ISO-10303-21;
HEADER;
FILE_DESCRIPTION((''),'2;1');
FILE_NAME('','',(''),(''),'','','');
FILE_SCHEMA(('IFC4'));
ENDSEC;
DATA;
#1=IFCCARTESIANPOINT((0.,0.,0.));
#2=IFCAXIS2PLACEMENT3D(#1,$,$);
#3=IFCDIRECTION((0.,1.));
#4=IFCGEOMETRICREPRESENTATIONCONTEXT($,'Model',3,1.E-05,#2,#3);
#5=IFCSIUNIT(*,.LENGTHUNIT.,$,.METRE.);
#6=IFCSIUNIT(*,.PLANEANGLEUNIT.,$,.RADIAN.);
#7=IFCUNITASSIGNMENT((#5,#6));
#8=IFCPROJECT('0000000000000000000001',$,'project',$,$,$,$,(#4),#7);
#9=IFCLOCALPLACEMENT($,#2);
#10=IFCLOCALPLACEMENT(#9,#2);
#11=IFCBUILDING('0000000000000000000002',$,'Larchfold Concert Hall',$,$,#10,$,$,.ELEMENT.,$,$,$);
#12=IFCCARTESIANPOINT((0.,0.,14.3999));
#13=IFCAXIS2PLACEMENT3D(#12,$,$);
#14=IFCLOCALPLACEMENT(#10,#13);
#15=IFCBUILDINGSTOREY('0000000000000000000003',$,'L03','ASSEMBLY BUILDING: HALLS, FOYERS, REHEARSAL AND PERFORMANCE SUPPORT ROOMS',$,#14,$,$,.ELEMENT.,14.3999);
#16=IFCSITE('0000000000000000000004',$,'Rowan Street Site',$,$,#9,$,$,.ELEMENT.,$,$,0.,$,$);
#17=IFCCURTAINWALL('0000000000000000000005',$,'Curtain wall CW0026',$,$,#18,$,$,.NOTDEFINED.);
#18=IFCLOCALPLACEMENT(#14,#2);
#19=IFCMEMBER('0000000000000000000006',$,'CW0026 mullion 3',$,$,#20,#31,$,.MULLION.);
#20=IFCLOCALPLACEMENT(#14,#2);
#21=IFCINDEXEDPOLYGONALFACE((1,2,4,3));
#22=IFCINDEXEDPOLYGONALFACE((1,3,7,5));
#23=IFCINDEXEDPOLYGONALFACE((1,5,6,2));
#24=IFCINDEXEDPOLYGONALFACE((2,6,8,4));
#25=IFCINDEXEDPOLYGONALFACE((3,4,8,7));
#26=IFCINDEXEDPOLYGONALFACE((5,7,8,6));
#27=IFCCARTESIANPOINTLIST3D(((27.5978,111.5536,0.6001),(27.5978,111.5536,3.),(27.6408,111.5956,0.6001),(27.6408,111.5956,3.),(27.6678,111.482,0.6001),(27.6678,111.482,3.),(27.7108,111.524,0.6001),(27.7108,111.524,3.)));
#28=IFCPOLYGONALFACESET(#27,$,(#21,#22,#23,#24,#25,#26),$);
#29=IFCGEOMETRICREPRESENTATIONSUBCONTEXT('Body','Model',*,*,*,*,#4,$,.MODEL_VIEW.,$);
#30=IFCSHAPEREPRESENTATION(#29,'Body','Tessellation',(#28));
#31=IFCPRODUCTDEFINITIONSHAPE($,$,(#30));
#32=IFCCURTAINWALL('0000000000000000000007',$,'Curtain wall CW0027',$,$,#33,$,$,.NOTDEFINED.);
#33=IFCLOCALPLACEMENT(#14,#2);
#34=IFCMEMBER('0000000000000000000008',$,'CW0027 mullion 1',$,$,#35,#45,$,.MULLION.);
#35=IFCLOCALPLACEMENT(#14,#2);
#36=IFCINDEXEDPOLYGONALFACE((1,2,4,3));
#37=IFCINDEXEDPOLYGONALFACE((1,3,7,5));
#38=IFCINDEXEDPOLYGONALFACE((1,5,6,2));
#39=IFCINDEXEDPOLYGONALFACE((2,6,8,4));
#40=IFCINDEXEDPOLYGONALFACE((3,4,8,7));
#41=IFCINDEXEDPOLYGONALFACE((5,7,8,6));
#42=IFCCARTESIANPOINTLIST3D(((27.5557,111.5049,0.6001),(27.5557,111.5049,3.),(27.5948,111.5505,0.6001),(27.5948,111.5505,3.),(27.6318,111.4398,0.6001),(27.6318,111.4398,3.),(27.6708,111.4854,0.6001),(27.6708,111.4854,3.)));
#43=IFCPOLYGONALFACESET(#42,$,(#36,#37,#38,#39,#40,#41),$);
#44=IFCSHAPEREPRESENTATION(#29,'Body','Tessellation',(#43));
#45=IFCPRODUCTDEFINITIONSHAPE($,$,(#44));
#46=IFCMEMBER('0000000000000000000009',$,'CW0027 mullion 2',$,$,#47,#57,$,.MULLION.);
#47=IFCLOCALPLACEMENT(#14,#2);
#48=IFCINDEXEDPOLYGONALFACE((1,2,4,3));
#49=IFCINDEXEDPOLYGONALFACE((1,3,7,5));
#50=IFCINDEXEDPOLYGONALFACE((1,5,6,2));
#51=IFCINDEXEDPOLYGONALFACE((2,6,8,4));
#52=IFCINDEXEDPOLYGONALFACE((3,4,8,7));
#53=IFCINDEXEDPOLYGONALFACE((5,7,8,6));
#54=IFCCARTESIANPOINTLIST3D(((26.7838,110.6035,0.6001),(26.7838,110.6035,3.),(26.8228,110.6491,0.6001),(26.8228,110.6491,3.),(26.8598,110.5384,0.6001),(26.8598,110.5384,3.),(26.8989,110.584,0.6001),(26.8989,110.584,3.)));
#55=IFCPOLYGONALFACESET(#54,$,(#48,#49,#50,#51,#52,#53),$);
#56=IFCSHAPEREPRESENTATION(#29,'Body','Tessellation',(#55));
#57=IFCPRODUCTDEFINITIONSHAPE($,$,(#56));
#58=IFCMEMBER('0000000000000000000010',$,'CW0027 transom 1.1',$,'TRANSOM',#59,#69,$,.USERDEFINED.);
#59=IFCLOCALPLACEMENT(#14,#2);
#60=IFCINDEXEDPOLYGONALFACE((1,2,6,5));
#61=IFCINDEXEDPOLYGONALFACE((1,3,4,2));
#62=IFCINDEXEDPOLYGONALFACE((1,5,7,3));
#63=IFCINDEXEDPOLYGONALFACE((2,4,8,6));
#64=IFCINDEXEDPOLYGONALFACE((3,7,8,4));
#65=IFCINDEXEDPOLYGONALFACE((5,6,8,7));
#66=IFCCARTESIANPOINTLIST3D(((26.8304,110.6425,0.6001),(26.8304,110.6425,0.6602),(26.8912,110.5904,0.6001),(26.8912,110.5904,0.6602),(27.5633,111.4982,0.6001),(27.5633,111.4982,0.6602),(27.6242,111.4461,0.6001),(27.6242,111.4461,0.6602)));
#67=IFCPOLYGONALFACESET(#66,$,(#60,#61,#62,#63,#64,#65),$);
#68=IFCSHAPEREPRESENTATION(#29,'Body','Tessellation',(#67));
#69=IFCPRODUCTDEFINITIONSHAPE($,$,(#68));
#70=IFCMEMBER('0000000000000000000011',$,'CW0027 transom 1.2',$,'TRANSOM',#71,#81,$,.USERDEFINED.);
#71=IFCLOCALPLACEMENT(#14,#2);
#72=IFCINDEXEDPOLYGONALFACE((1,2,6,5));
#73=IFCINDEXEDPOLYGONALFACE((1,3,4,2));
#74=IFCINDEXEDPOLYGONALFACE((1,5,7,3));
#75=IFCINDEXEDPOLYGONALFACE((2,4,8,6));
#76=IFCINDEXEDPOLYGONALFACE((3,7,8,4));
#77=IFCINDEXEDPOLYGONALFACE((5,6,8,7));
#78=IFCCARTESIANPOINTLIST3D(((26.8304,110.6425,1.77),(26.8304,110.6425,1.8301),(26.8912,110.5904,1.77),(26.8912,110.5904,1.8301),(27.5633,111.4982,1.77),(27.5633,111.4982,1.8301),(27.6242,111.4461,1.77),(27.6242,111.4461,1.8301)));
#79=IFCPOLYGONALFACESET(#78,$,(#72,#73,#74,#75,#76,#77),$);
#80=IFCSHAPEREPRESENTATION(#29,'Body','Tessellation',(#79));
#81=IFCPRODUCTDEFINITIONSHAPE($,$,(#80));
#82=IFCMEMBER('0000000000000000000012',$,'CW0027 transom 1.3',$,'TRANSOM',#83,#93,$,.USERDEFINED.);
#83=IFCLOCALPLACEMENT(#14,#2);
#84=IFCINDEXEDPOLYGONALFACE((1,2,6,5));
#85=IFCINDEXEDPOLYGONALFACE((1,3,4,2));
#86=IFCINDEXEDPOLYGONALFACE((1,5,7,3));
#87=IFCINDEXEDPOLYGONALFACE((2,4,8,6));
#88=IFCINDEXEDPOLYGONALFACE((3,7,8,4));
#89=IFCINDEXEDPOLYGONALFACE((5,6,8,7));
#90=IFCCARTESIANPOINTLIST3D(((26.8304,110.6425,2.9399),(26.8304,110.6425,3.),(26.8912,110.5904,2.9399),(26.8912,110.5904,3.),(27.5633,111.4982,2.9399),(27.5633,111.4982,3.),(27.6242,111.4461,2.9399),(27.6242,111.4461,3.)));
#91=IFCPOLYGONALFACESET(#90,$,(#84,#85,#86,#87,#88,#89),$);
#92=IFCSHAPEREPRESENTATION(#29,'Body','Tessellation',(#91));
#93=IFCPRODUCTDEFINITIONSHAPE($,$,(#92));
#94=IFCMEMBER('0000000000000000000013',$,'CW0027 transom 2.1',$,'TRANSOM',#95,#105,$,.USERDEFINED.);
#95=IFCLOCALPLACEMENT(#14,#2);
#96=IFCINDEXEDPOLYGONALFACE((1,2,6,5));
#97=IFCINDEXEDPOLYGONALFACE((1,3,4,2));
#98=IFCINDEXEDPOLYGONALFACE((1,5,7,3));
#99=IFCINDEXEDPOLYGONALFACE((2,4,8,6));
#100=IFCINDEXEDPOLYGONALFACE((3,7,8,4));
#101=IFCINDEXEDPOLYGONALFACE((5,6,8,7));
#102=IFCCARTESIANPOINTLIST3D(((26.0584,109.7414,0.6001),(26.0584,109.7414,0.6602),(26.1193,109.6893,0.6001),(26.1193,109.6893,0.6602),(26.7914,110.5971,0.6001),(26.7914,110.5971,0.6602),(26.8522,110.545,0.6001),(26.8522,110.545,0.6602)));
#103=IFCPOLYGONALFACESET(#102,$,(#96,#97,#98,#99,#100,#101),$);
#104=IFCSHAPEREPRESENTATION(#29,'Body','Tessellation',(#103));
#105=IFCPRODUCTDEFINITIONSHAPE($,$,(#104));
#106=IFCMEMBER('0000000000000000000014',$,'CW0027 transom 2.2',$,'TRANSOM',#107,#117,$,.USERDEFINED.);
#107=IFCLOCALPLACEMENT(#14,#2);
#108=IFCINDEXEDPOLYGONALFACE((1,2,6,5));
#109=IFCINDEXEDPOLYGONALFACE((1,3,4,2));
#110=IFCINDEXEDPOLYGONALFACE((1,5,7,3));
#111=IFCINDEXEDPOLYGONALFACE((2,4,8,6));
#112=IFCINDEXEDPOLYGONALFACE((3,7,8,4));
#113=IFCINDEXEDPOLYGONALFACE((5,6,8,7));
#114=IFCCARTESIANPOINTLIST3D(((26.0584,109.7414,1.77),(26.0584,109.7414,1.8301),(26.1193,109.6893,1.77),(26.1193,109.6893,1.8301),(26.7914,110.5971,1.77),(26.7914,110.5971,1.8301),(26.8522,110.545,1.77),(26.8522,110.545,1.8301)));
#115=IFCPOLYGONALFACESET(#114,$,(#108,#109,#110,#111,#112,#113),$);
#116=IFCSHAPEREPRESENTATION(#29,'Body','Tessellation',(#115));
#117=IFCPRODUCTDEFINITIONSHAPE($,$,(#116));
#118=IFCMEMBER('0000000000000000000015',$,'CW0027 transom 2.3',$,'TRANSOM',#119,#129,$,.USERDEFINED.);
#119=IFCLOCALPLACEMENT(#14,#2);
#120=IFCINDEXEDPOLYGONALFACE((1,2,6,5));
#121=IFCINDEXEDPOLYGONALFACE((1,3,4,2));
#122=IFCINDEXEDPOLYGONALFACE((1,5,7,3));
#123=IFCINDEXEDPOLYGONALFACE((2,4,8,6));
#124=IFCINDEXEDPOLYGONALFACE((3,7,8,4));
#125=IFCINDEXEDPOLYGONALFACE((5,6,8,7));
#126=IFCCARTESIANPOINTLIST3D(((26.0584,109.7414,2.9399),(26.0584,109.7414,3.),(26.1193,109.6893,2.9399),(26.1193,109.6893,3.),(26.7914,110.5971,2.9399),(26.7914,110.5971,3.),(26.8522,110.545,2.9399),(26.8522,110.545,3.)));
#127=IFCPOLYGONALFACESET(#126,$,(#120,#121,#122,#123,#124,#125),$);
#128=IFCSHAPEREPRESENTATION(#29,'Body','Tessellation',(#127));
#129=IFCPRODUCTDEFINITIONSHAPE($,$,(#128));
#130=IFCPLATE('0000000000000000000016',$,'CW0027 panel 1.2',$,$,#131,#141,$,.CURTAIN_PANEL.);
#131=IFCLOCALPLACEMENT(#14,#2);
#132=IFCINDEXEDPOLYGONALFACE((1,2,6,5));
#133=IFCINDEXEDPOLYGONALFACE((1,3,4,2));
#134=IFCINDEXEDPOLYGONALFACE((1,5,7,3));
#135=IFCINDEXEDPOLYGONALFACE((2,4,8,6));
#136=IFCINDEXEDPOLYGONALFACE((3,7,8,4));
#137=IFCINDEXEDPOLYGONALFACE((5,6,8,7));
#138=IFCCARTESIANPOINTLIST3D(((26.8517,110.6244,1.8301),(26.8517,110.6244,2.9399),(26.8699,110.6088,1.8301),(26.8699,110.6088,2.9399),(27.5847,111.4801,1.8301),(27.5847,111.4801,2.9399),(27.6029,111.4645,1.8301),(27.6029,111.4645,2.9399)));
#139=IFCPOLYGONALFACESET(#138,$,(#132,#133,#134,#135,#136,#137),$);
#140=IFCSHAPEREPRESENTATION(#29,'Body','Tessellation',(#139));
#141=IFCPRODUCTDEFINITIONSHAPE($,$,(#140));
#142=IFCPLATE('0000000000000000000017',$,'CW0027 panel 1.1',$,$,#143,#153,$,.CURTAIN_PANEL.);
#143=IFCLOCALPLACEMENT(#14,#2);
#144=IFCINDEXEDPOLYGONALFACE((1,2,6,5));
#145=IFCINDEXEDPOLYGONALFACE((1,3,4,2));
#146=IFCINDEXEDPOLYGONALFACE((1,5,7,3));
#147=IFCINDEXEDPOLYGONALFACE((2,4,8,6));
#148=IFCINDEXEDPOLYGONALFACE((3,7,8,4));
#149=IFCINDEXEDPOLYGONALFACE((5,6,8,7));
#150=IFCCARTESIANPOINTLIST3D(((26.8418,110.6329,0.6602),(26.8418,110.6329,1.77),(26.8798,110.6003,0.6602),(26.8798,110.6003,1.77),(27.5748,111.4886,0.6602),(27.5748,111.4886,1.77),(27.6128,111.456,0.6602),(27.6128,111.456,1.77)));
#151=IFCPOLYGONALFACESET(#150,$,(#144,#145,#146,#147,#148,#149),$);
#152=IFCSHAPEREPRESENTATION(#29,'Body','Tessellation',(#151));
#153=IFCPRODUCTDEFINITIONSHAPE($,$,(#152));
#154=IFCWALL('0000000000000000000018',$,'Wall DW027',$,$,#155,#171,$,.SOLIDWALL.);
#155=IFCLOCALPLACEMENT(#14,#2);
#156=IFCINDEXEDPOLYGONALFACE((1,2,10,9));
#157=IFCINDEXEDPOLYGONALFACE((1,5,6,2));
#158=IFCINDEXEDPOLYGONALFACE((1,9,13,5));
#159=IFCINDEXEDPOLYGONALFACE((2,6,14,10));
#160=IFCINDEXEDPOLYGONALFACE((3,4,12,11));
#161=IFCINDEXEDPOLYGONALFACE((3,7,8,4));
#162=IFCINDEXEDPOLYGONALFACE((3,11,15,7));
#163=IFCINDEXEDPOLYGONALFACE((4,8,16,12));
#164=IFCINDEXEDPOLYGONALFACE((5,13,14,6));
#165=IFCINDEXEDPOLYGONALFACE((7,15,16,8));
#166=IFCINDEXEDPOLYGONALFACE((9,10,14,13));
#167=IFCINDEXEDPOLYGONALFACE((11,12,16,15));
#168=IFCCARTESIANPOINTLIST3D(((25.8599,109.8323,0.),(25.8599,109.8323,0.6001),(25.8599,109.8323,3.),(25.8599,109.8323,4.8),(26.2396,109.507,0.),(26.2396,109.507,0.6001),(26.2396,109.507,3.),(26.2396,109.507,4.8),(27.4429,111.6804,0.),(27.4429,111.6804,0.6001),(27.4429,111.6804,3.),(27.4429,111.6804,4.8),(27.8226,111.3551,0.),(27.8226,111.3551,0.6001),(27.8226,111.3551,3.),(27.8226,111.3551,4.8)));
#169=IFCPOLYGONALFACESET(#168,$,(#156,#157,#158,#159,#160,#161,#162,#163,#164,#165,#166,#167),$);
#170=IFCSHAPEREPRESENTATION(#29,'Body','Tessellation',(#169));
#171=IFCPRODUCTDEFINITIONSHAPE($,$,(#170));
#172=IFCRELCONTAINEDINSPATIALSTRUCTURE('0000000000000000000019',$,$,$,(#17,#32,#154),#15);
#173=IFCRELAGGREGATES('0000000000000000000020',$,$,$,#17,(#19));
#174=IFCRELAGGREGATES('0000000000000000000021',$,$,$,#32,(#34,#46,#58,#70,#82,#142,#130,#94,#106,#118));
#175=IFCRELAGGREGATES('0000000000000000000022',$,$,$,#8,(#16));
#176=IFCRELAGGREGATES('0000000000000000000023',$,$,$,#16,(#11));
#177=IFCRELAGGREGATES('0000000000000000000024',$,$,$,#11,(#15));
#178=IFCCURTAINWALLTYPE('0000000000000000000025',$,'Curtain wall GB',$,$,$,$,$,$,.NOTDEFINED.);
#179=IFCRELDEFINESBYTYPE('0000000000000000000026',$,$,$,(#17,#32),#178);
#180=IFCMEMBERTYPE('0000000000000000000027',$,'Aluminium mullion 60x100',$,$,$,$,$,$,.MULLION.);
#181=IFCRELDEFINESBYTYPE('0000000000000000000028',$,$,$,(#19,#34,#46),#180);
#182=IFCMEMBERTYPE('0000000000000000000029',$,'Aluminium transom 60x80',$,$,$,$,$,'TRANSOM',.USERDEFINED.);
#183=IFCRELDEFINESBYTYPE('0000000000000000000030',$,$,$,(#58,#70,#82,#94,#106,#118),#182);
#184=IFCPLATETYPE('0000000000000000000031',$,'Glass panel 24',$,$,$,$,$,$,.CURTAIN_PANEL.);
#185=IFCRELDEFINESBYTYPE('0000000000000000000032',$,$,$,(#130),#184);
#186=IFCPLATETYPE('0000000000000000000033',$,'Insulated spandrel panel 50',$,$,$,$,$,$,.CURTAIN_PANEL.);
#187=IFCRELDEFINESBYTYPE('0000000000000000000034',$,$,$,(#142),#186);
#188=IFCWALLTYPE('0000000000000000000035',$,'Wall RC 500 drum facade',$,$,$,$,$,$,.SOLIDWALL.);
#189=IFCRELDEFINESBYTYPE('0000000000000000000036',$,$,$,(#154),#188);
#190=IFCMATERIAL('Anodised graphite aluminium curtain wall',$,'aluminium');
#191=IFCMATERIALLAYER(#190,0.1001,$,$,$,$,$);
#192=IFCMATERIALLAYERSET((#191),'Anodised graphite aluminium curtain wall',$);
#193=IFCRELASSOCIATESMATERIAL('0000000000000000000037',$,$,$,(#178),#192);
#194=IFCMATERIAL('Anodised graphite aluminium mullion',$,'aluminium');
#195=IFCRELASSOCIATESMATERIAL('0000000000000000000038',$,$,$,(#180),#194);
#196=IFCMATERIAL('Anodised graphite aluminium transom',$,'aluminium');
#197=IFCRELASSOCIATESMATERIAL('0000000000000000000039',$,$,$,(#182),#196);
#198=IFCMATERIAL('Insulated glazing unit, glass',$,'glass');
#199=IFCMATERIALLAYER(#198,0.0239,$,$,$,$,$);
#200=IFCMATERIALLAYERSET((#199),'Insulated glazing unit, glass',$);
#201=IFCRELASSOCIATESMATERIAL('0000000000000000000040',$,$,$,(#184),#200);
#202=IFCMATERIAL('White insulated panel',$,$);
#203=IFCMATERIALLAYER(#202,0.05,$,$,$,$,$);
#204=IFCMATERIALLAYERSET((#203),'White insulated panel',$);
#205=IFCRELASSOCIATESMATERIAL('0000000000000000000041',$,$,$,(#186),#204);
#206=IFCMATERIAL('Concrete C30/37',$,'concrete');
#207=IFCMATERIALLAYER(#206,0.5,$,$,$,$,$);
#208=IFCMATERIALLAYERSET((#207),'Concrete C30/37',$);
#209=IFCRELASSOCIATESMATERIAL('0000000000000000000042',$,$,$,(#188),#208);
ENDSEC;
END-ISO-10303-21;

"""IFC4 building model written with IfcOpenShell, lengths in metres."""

from ifc_helpers import new_model, si_unit, direction, frame, frame_2d, origin, origin_2d, place, context, subcontext, project, spatial, rectangle, extrude, material, layer, layer_set, material_profile, profile_set, type_object, element, fill, aggregate, save


model = new_model("IFC4")

# Units and contexts
model_context = context("Model", 3, precision=1e-05, world=origin(), true_north=direction((0.0, 1.0)))
body_context = subcontext(model_context, "Body", "Model", "MODEL_VIEW")
ifc_project = project(units=[si_unit("LENGTHUNIT", "METRE"), si_unit("PLANEANGLEUNIT", "RADIAN")], contexts=[model_context])

# Site, building, storey
site_placement = place(None, origin())
site = spatial("IfcSite", under=ifc_project, at=site_placement, Name="Rowan Street Site", CompositionType="ELEMENT", RefElevation=0.0)
building_placement = place(site_placement, origin())
building = spatial("IfcBuilding", under=site, at=building_placement, Name="Larchfold Concert Hall", CompositionType="ELEMENT")
storey_placement = place(building_placement, frame((0.0, 0.0, 14.3999)))
storey = spatial("IfcBuildingStorey", under=building, at=storey_placement, Name="L03", Description="ASSEMBLY BUILDING: HALLS, FOYERS, REHEARSAL AND PERFORMANCE SUPPORT ROOMS", CompositionType="ELEMENT", Elevation=14.3999)

# Curtain wall, member
ifc_material_1 = material(Name="Anodised graphite aluminium curtain wall", Category="aluminium")
ifc_layer_1 = layer(ifc_material_1, 0.1001)
ifc_layer_set_1 = layer_set([ifc_layer_1], Name="Anodised graphite aluminium curtain wall")
curtain_wall_type = type_object("IfcCurtainWallType", Name="Curtain wall GB", PredefinedType="NOTDEFINED", material=ifc_layer_set_1)
curtain_wall_1_placement = place(storey_placement, origin())
curtain_wall_1 = element("IfcCurtainWall", 1, at=curtain_wall_1_placement, inside=storey, type_object=curtain_wall_type, Name="Curtain wall CW0026", PredefinedType="NOTDEFINED")
ifc_material_2 = material(Name="Anodised graphite aluminium mullion", Category="aluminium")
ifc_material_profile_1 = material_profile(ifc_material_2, rectangle(XDim=0.1001, YDim=0.0601, at=origin_2d()))
ifc_profile_set_1 = profile_set([ifc_material_profile_1], Name="Anodised graphite aluminium mullion")
member_type_1 = type_object("IfcMemberType", Name="Aluminium mullion 60x100", PredefinedType="MULLION", material=ifc_profile_set_1)
member_1_placement = place(storey_placement, frame((27.6543, 111.5388, 0.6001), z_axis=(0.0, 0.0, 1.0), x_axis=(0.699152, -0.714974, 0.0)))
member_1 = element("IfcMember", 2, at=member_1_placement, type_object=member_type_1, Name="CW0026 mullion 3", PredefinedType="MULLION", context=body_context, shape_type="SweptSolid", body=[
    extrude(rectangle(XDim=0.1001, YDim=0.0601, at=origin_2d()), origin(), (0.0, 0.0, 1.0), 2.3999),
])

# Curtain wall, members
curtain_wall_2_placement = place(storey_placement, origin())
curtain_wall_2 = element("IfcCurtainWall", 3, at=curtain_wall_2_placement, inside=storey, type_object=curtain_wall_type, Name="Curtain wall CW0027", PredefinedType="NOTDEFINED")
member_2_placement = place(storey_placement, frame((27.6133, 111.4951, 0.6001), z_axis=(0.0, 0.0, 1.0), x_axis=(0.759483, -0.650527, 0.0)))
member_2 = element("IfcMember", 4, at=member_2_placement, type_object=member_type_1, Name="CW0027 mullion 1", PredefinedType="MULLION", context=body_context, shape_type="SweptSolid", body=[
    extrude(rectangle(XDim=0.1001, YDim=0.0601, at=origin_2d()), origin(), (0.0, 0.0, 1.0), 2.3999),
])
member_3_placement = place(storey_placement, frame((26.8413, 110.5938, 0.6001), z_axis=(0.0, 0.0, 1.0), x_axis=(0.759483, -0.650527, 0.0)))
member_3 = element("IfcMember", 5, at=member_3_placement, type_object=member_type_1, Name="CW0027 mullion 2", PredefinedType="MULLION", context=body_context, shape_type="SweptSolid", body=[
    extrude(rectangle(XDim=0.1001, YDim=0.0601, at=origin_2d()), origin(), (0.0, 0.0, 1.0), 2.3999),
])

# Members
ifc_material_3 = material(Name="Anodised graphite aluminium transom", Category="aluminium")
ifc_material_profile_2 = material_profile(ifc_material_3, rectangle(XDim=0.0801, YDim=0.0601, at=origin_2d()))
ifc_profile_set_2 = profile_set([ifc_material_profile_2], Name="Anodised graphite aluminium transom")
member_type_2 = type_object("IfcMemberType", Name="Aluminium transom 60x80", ElementType="TRANSOM", PredefinedType="USERDEFINED", material=ifc_profile_set_2)
member_4_placement = place(storey_placement, frame((27.5938, 111.4722, 0.6301), z_axis=(-0.650506, -0.759501, 0.0), x_axis=(0.759501, -0.650506, 0.0)))
member_4 = element("IfcMember", 6, at=member_4_placement, type_object=member_type_2, Name="CW0027 transom 1.1", ObjectType="TRANSOM", PredefinedType="USERDEFINED", context=body_context, shape_type="SweptSolid", body=[
    extrude(rectangle(XDim=0.0801, YDim=0.0601, at=origin_2d()), origin(), (0.0, 0.0, 1.0), 1.1267),
])
member_5_placement = place(storey_placement, frame((27.5938, 111.4722, 1.8), z_axis=(-0.650506, -0.759501, 0.0), x_axis=(0.759501, -0.650506, 0.0)))
member_5 = element("IfcMember", 7, at=member_5_placement, type_object=member_type_2, Name="CW0027 transom 1.2", ObjectType="TRANSOM", PredefinedType="USERDEFINED", context=body_context, shape_type="SweptSolid", body=[
    extrude(rectangle(XDim=0.0801, YDim=0.0601, at=origin_2d()), origin(), (0.0, 0.0, 1.0), 1.1267),
])
member_6_placement = place(storey_placement, frame((27.5938, 111.4722, 2.97), z_axis=(-0.650506, -0.759501, 0.0), x_axis=(0.759501, -0.650506, 0.0)))
member_6 = element("IfcMember", 8, at=member_6_placement, type_object=member_type_2, Name="CW0027 transom 1.3", ObjectType="TRANSOM", PredefinedType="USERDEFINED", context=body_context, shape_type="SweptSolid", body=[
    extrude(rectangle(XDim=0.0801, YDim=0.0601, at=origin_2d()), origin(), (0.0, 0.0, 1.0), 1.1267),
])
member_7_placement = place(storey_placement, frame((26.8218, 110.571, 0.6301), z_axis=(-0.650506, -0.759501, 0.0), x_axis=(0.759501, -0.650506, 0.0)))
member_7 = element("IfcMember", 9, at=member_7_placement, type_object=member_type_2, Name="CW0027 transom 2.1", ObjectType="TRANSOM", PredefinedType="USERDEFINED", context=body_context, shape_type="SweptSolid", body=[
    extrude(rectangle(XDim=0.0801, YDim=0.0601, at=origin_2d()), origin(), (0.0, 0.0, 1.0), 1.1267),
])
member_8_placement = place(storey_placement, frame((26.8218, 110.571, 1.8), z_axis=(-0.650506, -0.759501, 0.0), x_axis=(0.759501, -0.650506, 0.0)))
member_8 = element("IfcMember", 10, at=member_8_placement, type_object=member_type_2, Name="CW0027 transom 2.2", ObjectType="TRANSOM", PredefinedType="USERDEFINED", context=body_context, shape_type="SweptSolid", body=[
    extrude(rectangle(XDim=0.0801, YDim=0.0601, at=origin_2d()), origin(), (0.0, 0.0, 1.0), 1.1267),
])
member_9_placement = place(storey_placement, frame((26.8218, 110.571, 2.97), z_axis=(-0.650506, -0.759501, 0.0), x_axis=(0.759501, -0.650506, 0.0)))
member_9 = element("IfcMember", 11, at=member_9_placement, type_object=member_type_2, Name="CW0027 transom 2.3", ObjectType="TRANSOM", PredefinedType="USERDEFINED", context=body_context, shape_type="SweptSolid", body=[
    extrude(rectangle(XDim=0.0801, YDim=0.0601, at=origin_2d()), origin(), (0.0, 0.0, 1.0), 1.1267),
])

# Plates
ifc_material_4 = material(Name="Insulated glazing unit, glass", Category="glass")
ifc_layer_2 = layer(ifc_material_4, 0.0239)
ifc_layer_set_2 = layer_set([ifc_layer_2], Name="Insulated glazing unit, glass")
plate_type_1 = type_object("IfcPlateType", Name="Glass panel 24", PredefinedType="CURTAIN_PANEL", material=ifc_layer_set_2)
plate_1_placement = place(storey_placement, frame((27.2273, 111.0444, 1.8301), z_axis=(0.0, 0.0, 1.0), x_axis=(-0.650527, -0.759483, 0.0)))
plate_1 = element("IfcPlate", 12, at=plate_1_placement, type_object=plate_type_1, Name="CW0027 panel 1.2", PredefinedType="CURTAIN_PANEL", context=body_context, shape_type="SweptSolid", body=[
    extrude(rectangle(XDim=1.1267, YDim=0.0239, at=origin_2d()), origin(), (0.0, 0.0, 1.0), 1.1099),
])
ifc_material_5 = material(Name="White insulated panel")
ifc_layer_3 = layer(ifc_material_5, 0.05)
ifc_layer_set_3 = layer_set([ifc_layer_3], Name="White insulated panel")
plate_type_2 = type_object("IfcPlateType", Name="Insulated spandrel panel 50", PredefinedType="CURTAIN_PANEL", material=ifc_layer_set_3)
aggregate(curtain_wall_1, [member_1])
plate_2_placement = place(storey_placement, frame((27.2273, 111.0444, 0.6602), z_axis=(0.0, 0.0, 1.0), x_axis=(-0.650527, -0.759483, 0.0)))
plate_2 = element("IfcPlate", 13, at=plate_2_placement, type_object=plate_type_2, Name="CW0027 panel 1.1", PredefinedType="CURTAIN_PANEL", context=body_context, shape_type="SweptSolid", body=[
    extrude(rectangle(XDim=1.1267, YDim=0.05, at=origin_2d()), origin(), (0.0, 0.0, 1.0), 1.1099),
])
aggregate(curtain_wall_2, [member_2, member_3, member_4, member_5, member_6, plate_2, plate_1, member_7, member_8, member_9])

# Wall, opening
ifc_material_6 = material(Name="Concrete C30/37", Category="concrete")
ifc_layer_4 = layer(ifc_material_6, 0.5)
ifc_layer_set_4 = layer_set([ifc_layer_4], Name="Concrete C30/37")
wall_type_1 = type_object("IfcWallType", Name="Wall RC 500 drum facade", PredefinedType="SOLIDWALL", material=ifc_layer_set_4)
wall_1_placement = place(storey_placement, frame((27.6328, 111.5178, 0.0), z_axis=(0.0, 0.0, 1.0), x_axis=(-0.650527, -0.759483, 0.0)))
wall_1 = element("IfcWall", 14, at=wall_1_placement, inside=storey, type_object=wall_type_1, Name="Wall DW027", PredefinedType="SOLIDWALL", context=body_context, shape_type="SweptSolid", body=[
    extrude(rectangle(XDim=2.4333, YDim=0.5, at=frame_2d((1.2168, 0.0))), origin(), (0.0, 0.0, 1.0), 4.8),
])
opening_1_placement = place(wall_1_placement, frame((0.0, 0.0, 0.6001)))
opening_1 = element("IfcOpeningElement", 15, at=opening_1_placement, cuts=wall_1, PredefinedType="OPENING", context=body_context, shape_type="SweptSolid", body=[
    extrude(rectangle(XDim=2.4333, YDim=2.3999, at=frame_2d((1.2168, 1.2))), frame((0.0, 0.26, 0.0), z_axis=(0.0, -1.0, 0.0), x_axis=(1.0, 0.0, 0.0)), (0.0, 0.0, 1.0), 0.52),
])
fill(opening_1, curtain_wall_2)

save(model, "model.ifc")
